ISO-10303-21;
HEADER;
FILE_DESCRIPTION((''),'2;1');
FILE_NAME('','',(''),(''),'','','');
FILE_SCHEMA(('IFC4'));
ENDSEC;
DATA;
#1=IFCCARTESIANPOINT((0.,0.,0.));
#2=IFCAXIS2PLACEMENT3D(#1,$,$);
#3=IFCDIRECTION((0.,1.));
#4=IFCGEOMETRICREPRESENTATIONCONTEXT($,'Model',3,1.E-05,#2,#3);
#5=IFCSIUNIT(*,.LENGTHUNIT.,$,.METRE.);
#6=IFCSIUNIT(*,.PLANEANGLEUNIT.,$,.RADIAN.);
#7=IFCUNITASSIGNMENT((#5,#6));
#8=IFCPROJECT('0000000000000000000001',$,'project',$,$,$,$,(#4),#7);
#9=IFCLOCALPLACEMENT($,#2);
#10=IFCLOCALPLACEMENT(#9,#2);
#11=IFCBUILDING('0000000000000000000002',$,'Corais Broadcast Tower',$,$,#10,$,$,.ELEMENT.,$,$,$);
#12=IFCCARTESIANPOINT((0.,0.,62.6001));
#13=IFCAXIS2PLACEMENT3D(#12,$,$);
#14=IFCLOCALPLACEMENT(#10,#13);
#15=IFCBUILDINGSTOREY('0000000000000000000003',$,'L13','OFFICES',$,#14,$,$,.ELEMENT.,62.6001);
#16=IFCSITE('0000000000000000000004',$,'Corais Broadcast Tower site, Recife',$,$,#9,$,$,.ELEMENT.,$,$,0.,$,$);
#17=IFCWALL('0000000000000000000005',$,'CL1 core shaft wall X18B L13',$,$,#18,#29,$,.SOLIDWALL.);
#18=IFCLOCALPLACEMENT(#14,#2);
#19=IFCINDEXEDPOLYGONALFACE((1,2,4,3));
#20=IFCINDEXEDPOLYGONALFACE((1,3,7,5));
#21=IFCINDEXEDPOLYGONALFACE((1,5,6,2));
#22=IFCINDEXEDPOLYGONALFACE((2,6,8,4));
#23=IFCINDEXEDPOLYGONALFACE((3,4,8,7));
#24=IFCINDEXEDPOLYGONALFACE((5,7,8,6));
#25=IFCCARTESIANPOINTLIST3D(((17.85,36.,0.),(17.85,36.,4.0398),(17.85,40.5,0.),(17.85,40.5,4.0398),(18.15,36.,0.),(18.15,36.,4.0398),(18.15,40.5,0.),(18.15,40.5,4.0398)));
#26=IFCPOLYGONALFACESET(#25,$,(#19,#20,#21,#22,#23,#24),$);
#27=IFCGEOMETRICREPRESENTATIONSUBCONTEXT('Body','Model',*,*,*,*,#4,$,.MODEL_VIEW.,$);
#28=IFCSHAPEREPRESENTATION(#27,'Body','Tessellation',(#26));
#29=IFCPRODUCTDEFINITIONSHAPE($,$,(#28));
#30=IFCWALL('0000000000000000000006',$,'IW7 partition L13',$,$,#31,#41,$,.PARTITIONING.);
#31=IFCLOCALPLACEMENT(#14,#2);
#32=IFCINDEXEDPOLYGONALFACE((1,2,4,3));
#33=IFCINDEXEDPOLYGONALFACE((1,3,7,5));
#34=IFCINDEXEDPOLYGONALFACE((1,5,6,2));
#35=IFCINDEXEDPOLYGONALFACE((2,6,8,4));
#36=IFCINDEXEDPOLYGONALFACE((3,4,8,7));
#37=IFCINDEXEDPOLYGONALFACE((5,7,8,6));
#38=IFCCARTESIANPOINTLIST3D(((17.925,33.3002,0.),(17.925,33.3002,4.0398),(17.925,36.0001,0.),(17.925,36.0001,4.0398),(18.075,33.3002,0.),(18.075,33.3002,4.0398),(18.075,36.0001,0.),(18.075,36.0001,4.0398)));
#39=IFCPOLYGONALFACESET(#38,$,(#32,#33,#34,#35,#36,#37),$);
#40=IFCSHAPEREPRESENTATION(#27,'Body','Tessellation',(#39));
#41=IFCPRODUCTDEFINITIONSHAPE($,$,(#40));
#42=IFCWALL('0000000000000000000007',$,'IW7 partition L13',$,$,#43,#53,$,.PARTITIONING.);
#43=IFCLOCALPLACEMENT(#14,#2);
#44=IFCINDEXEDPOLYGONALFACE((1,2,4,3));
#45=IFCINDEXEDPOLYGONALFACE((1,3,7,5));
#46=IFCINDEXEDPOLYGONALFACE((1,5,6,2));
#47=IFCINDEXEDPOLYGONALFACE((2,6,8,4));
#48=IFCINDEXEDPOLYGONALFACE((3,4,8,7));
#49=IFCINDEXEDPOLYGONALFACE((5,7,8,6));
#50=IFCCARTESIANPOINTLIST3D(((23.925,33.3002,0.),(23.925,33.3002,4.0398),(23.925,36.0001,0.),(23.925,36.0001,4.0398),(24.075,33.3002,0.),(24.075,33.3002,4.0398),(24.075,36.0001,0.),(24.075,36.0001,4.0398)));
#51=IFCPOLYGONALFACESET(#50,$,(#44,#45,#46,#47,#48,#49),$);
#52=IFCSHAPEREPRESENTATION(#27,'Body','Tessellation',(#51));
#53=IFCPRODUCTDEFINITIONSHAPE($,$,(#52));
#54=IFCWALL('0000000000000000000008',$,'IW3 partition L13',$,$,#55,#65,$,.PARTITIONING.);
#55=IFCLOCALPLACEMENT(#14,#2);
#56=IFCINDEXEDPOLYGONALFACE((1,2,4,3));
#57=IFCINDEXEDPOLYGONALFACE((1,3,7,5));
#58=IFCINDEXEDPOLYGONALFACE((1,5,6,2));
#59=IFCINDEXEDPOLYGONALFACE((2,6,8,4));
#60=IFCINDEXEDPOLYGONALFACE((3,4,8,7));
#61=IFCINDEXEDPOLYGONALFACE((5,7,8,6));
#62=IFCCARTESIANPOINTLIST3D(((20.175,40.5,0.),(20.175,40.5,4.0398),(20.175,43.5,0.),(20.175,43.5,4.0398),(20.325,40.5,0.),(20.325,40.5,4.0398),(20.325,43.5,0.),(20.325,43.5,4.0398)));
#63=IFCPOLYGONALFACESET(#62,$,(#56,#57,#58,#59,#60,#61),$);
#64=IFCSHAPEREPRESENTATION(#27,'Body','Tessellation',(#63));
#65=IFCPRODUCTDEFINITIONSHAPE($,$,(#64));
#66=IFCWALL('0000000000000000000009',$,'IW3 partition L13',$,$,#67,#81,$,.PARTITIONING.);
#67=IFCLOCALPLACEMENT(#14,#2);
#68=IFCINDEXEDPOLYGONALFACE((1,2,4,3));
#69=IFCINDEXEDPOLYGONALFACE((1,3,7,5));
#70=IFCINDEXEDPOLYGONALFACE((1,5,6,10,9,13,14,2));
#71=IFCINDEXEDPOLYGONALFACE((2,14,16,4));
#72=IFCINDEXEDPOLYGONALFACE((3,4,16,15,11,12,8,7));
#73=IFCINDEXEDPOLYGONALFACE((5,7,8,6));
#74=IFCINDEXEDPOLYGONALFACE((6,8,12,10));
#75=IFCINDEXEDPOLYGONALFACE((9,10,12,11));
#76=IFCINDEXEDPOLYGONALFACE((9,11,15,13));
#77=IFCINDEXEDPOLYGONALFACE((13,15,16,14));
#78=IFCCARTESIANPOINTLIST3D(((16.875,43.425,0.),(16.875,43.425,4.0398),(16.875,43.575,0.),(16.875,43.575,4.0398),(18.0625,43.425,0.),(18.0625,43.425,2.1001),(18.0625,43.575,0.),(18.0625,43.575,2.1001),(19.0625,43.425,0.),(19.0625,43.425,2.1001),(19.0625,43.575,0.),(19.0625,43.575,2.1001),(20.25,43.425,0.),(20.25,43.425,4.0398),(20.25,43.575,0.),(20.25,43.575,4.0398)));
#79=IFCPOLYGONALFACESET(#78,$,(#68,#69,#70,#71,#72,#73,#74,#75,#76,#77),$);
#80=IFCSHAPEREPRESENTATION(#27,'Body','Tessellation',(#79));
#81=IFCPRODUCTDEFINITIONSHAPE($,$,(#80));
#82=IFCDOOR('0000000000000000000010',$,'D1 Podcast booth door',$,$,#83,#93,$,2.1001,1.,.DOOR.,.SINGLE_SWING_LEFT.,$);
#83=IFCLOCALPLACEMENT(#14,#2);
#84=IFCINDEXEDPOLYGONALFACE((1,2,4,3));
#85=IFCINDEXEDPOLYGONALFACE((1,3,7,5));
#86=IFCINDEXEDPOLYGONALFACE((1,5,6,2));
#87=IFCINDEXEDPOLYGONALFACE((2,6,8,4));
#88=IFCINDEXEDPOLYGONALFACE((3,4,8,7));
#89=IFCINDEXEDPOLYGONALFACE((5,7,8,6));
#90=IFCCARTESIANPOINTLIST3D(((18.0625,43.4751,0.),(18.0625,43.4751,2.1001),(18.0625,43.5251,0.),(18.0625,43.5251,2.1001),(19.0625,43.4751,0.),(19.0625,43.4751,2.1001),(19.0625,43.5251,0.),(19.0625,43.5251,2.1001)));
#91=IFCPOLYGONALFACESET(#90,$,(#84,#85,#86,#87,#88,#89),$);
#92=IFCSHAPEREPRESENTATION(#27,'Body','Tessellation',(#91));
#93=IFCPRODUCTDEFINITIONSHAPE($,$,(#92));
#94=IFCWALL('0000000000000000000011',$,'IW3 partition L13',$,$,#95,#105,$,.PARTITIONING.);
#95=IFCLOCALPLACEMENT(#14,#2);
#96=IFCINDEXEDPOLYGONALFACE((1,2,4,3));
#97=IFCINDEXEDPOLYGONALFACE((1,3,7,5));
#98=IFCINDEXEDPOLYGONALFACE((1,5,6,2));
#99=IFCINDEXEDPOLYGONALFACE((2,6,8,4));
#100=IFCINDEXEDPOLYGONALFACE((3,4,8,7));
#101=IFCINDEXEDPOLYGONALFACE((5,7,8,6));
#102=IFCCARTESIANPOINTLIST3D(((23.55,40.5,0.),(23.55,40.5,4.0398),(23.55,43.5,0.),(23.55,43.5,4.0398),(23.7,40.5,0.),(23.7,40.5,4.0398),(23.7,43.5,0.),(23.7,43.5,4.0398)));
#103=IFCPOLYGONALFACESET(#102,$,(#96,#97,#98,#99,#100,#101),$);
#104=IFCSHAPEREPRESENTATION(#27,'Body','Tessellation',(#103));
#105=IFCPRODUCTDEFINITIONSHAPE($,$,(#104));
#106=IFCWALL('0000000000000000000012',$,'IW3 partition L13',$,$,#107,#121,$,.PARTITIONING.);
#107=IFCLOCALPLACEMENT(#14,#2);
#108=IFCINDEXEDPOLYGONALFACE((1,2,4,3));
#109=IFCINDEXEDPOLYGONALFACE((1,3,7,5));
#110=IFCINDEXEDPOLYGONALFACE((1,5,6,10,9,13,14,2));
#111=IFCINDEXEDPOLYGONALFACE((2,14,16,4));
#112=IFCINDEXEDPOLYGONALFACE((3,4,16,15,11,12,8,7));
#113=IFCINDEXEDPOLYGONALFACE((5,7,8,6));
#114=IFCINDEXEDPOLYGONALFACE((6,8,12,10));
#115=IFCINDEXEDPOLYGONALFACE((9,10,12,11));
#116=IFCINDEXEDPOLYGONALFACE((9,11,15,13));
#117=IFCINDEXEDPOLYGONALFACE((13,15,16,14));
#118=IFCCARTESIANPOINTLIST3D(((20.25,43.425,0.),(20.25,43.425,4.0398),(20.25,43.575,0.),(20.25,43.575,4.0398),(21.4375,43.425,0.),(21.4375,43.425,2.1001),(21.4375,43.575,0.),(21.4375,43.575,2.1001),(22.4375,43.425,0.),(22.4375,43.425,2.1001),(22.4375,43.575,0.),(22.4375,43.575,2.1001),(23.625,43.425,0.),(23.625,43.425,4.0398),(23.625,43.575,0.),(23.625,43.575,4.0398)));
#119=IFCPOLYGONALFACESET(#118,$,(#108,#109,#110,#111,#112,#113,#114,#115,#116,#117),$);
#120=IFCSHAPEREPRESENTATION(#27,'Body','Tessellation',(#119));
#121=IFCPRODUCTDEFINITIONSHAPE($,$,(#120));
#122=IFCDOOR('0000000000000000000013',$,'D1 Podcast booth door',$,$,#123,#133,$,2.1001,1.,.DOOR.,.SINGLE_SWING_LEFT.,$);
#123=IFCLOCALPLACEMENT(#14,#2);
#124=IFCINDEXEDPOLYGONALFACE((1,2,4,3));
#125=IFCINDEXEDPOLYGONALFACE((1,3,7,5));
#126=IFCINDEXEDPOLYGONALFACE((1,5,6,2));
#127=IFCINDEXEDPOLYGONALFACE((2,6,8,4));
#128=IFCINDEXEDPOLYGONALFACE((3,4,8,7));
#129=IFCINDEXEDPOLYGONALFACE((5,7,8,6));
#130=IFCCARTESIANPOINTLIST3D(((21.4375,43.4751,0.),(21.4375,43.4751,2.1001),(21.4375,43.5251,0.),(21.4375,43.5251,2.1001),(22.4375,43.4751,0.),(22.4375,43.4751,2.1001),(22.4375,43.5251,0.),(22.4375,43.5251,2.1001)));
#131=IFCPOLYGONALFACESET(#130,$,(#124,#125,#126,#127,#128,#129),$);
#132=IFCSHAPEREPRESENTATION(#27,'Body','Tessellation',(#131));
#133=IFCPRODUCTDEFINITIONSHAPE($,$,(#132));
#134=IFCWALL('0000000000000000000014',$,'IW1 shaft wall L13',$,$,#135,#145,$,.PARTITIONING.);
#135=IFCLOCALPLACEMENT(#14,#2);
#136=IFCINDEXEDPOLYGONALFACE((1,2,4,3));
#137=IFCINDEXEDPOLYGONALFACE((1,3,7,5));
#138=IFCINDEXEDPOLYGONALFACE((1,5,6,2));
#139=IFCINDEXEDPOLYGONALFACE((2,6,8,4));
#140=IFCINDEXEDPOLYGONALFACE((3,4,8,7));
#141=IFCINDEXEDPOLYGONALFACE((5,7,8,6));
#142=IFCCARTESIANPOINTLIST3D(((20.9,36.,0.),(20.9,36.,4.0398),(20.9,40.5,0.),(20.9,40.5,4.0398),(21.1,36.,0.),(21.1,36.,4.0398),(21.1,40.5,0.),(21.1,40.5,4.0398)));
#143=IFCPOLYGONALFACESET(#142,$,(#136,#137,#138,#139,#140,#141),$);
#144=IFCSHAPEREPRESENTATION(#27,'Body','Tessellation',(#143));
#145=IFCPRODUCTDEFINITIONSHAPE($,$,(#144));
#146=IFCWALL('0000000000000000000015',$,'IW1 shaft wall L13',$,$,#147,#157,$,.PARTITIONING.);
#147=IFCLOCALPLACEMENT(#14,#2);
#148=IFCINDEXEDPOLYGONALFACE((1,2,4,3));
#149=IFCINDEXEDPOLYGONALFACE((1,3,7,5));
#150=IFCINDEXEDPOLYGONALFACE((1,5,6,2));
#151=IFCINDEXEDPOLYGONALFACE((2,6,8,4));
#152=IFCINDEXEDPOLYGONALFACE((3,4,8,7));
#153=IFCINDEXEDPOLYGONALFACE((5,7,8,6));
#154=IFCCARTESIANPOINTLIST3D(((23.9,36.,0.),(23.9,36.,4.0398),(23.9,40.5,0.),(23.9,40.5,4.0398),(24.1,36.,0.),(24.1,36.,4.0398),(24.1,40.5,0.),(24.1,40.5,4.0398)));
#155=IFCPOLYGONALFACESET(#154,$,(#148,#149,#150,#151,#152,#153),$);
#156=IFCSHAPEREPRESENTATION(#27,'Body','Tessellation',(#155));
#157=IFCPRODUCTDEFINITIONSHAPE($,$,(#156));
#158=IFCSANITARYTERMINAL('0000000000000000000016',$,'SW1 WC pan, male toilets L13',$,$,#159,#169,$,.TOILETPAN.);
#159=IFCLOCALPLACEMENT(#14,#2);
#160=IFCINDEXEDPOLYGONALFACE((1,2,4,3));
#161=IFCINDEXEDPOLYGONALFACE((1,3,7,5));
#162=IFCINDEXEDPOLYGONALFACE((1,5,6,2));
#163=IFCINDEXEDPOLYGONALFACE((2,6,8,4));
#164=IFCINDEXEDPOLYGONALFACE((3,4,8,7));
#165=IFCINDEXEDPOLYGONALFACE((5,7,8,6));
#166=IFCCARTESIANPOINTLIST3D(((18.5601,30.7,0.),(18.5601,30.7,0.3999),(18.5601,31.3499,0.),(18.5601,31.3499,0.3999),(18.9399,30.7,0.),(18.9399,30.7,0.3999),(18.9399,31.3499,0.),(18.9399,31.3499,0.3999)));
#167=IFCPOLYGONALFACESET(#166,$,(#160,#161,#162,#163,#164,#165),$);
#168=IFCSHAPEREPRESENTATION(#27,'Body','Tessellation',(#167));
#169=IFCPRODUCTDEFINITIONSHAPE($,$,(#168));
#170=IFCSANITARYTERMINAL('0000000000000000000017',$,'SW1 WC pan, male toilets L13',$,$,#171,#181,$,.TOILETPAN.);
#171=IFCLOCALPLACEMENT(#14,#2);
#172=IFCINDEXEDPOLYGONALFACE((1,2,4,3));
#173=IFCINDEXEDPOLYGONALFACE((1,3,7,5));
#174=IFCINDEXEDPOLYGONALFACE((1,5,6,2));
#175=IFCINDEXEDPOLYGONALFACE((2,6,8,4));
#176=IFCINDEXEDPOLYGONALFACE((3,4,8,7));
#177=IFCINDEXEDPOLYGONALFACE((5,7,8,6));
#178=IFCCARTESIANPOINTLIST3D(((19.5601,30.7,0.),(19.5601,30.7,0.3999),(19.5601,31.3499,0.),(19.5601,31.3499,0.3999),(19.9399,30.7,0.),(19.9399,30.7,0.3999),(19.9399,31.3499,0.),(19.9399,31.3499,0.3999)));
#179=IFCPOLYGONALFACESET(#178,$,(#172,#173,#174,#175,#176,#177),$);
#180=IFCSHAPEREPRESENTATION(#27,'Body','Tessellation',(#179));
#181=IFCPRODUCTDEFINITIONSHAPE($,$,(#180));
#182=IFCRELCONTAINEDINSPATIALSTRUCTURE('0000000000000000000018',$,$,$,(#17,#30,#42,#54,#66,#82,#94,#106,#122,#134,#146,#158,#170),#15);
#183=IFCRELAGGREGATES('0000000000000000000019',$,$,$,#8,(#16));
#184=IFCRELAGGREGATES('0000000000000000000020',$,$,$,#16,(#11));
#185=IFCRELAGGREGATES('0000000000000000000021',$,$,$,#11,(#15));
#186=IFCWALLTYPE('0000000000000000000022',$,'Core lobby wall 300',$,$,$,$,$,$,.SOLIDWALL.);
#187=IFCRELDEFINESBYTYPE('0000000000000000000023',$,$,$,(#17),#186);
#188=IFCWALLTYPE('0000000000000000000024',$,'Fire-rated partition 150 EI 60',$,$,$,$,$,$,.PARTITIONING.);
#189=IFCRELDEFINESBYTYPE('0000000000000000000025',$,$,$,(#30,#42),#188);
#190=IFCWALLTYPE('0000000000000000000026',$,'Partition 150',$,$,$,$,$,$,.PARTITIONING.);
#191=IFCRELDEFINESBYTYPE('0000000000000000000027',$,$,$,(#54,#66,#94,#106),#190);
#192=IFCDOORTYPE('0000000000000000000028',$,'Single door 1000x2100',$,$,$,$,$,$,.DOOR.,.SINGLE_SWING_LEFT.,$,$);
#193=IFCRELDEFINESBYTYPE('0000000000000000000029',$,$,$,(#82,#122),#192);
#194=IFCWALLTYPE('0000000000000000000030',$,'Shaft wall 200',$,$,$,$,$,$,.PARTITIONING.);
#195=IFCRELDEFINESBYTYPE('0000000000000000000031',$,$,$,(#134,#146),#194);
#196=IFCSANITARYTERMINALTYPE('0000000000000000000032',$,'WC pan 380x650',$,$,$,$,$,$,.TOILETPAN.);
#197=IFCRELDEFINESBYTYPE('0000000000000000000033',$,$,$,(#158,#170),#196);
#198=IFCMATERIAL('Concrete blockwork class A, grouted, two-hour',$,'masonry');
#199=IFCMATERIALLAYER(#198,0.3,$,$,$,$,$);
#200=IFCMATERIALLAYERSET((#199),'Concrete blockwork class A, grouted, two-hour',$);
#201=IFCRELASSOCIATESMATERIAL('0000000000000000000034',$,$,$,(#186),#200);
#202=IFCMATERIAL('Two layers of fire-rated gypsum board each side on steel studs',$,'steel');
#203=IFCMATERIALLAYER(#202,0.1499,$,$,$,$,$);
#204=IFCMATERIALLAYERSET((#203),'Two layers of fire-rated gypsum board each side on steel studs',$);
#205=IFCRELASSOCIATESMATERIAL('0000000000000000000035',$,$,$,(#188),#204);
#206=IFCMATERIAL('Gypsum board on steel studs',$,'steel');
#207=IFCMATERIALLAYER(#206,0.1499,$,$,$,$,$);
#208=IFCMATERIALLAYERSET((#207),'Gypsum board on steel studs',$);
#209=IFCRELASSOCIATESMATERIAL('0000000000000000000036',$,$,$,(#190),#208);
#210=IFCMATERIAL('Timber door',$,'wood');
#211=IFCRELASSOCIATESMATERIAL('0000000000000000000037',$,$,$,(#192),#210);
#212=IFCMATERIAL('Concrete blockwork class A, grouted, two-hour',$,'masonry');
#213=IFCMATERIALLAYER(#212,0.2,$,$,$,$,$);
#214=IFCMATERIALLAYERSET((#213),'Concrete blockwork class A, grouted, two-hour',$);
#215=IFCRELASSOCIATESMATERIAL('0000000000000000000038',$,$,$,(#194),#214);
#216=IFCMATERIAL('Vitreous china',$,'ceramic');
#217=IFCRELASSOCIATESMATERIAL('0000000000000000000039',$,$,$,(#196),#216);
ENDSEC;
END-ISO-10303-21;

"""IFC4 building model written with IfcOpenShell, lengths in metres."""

from ifc_helpers import new_model, si_unit, direction, frame, frame_2d, origin, origin_2d, place, context, subcontext, project, spatial, rectangle, extrude, material, layer, layer_set, type_object, element, fill, save


model = new_model("IFC4")

# Units and contexts
model_context = context("Model", 3, precision=1e-05, world=origin(), true_north=direction((0.0, 1.0)))
body_context = subcontext(model_context, "Body", "Model", "MODEL_VIEW")
ifc_project = project(units=[si_unit("LENGTHUNIT", "METRE"), si_unit("PLANEANGLEUNIT", "RADIAN")], contexts=[model_context])

# Site, building, storey
site_placement = place(None, origin())
site = spatial("IfcSite", under=ifc_project, at=site_placement, Name="Corais Broadcast Tower site, Recife", CompositionType="ELEMENT", RefElevation=0.0)
building_placement = place(site_placement, origin())
building = spatial("IfcBuilding", under=site, at=building_placement, Name="Corais Broadcast Tower", CompositionType="ELEMENT")
storey_placement = place(building_placement, frame((0.0, 0.0, 62.6001)))
storey = spatial("IfcBuildingStorey", under=building, at=storey_placement, Name="L13", Description="OFFICES", CompositionType="ELEMENT", Elevation=62.6001)

# Walls
ifc_material_1 = material(Name="Concrete blockwork class A, grouted, two-hour", Category="masonry")
ifc_layer_1 = layer(ifc_material_1, 0.3)
ifc_layer_set_1 = layer_set([ifc_layer_1], Name="Concrete blockwork class A, grouted, two-hour")
wall_type_1 = type_object("IfcWallType", Name="Core lobby wall 300", PredefinedType="SOLIDWALL", material=ifc_layer_set_1)
wall_1_placement = place(storey_placement, frame((18.0, 36.0, 0.0), z_axis=(0.0, 0.0, 1.0), x_axis=(0.0, 1.0, 0.0)))
element("IfcWall", 1, at=wall_1_placement, inside=storey, type_object=wall_type_1, Name="CL1 core shaft wall X18B L13", PredefinedType="SOLIDWALL", context=body_context, shape_type="SweptSolid", body=[
    extrude(rectangle(XDim=4.5, YDim=0.3, at=frame_2d((2.25, 0.0))), origin(), (0.0, 0.0, 1.0), 4.0398),
])
ifc_material_2 = material(Name="Two layers of fire-rated gypsum board each side on steel studs", Category="steel")
ifc_layer_2 = layer(ifc_material_2, 0.1499)
ifc_layer_set_2 = layer_set([ifc_layer_2], Name="Two layers of fire-rated gypsum board each side on steel studs")
wall_type_2 = type_object("IfcWallType", Name="Fire-rated partition 150 EI 60", PredefinedType="PARTITIONING", material=ifc_layer_set_2)
for number, where, z_axis, x_axis, name in (
    (2, (18.0, 33.3, 0.0), (0.0, 0.0, 1.0), (0.0, 1.0, 0.0), "IW7 partition L13"),
    (3, (24.0, 33.3, 0.0), (0.0, 0.0, 1.0), (0.0, 1.0, 0.0), "IW7 partition L13"),
):
    element("IfcWall", number, at=place(storey_placement, frame(where, z_axis=z_axis, x_axis=x_axis)), inside=storey, type_object=wall_type_2, Name=name, PredefinedType="PARTITIONING", context=body_context, shape_type="SweptSolid", body=[
        extrude(rectangle(XDim=2.7, YDim=0.1499, at=frame_2d((1.3501, 0.0))), origin(), (0.0, 0.0, 1.0), 4.0398),
    ])
ifc_material_3 = material(Name="Gypsum board on steel studs", Category="steel")
ifc_layer_3 = layer(ifc_material_3, 0.1499)
ifc_layer_set_3 = layer_set([ifc_layer_3], Name="Gypsum board on steel studs")
wall_type_3 = type_object("IfcWallType", Name="Partition 150", PredefinedType="PARTITIONING", material=ifc_layer_set_3)
wall_2_placement = place(storey_placement, frame((20.25, 40.5, 0.0), z_axis=(0.0, 0.0, 1.0), x_axis=(0.0, 1.0, 0.0)))
element("IfcWall", 4, at=wall_2_placement, inside=storey, type_object=wall_type_3, Name="IW3 partition L13", PredefinedType="PARTITIONING", context=body_context, shape_type="SweptSolid", body=[
    extrude(rectangle(XDim=3.0, YDim=0.1499, at=frame_2d((1.5, 0.0))), origin(), (0.0, 0.0, 1.0), 4.0398),
])

# Wall, opening, door
wall_3_placement = place(storey_placement, frame((20.25, 43.5, 0.0), z_axis=(0.0, 0.0, 1.0), x_axis=(-1.0, 0.0, 0.0)))
wall_3 = element("IfcWall", 5, at=wall_3_placement, inside=storey, type_object=wall_type_3, Name="IW3 partition L13", PredefinedType="PARTITIONING", context=body_context, shape_type="SweptSolid", body=[
    extrude(rectangle(XDim=3.375, YDim=0.1499, at=frame_2d((1.6875, 0.0))), origin(), (0.0, 0.0, 1.0), 4.0398),
])
opening_1_placement = place(wall_3_placement, frame((1.1875, 0.0, 0.0)))
opening_1 = element("IfcOpeningElement", 6, at=opening_1_placement, cuts=wall_3, PredefinedType="OPENING", context=body_context, shape_type="SweptSolid", body=[
    extrude(rectangle(XDim=1.0, YDim=2.1001, at=frame_2d((0.5, 1.05))), frame((0.0, 0.085, 0.0), z_axis=(0.0, -1.0, 0.0), x_axis=(1.0, 0.0, 0.0)), (0.0, 0.0, 1.0), 0.1699),
])
ifc_material_4 = material(Name="Timber door", Category="wood")
door_type = type_object("IfcDoorType", Name="Single door 1000x2100", OperationType="SINGLE_SWING_LEFT", PredefinedType="DOOR", material=ifc_material_4)
door_1_placement = place(opening_1_placement, origin())
door_1 = element("IfcDoor", 7, at=door_1_placement, inside=storey, type_object=door_type, Name="D1 Podcast booth door", OperationType="SINGLE_SWING_LEFT", OverallHeight=2.1001, OverallWidth=1.0, PredefinedType="DOOR", context=body_context, shape_type="SweptSolid", body=[
    extrude(rectangle(XDim=1.0, YDim=2.1001, at=frame_2d((0.5, 1.05))), frame((0.0, 0.0249, 0.0), z_axis=(0.0, -1.0, 0.0), x_axis=(1.0, 0.0, 0.0)), (0.0, 0.0, 1.0), 0.05),
])
fill(opening_1, door_1)

# Wall
wall_4_placement = place(storey_placement, frame((23.625, 40.5, 0.0), z_axis=(0.0, 0.0, 1.0), x_axis=(0.0, 1.0, 0.0)))
element("IfcWall", 8, at=wall_4_placement, inside=storey, type_object=wall_type_3, Name="IW3 partition L13", PredefinedType="PARTITIONING", context=body_context, shape_type="SweptSolid", body=[
    extrude(rectangle(XDim=3.0, YDim=0.1499, at=frame_2d((1.5, 0.0))), origin(), (0.0, 0.0, 1.0), 4.0398),
])

# Wall, opening, door
wall_5_placement = place(storey_placement, frame((23.625, 43.5, 0.0), z_axis=(0.0, 0.0, 1.0), x_axis=(-1.0, 0.0, 0.0)))
wall_5 = element("IfcWall", 9, at=wall_5_placement, inside=storey, type_object=wall_type_3, Name="IW3 partition L13", PredefinedType="PARTITIONING", context=body_context, shape_type="SweptSolid", body=[
    extrude(rectangle(XDim=3.375, YDim=0.1499, at=frame_2d((1.6875, 0.0))), origin(), (0.0, 0.0, 1.0), 4.0398),
])
opening_2_placement = place(wall_5_placement, frame((1.1875, 0.0, 0.0)))
opening_2 = element("IfcOpeningElement", 10, at=opening_2_placement, cuts=wall_5, PredefinedType="OPENING", context=body_context, shape_type="SweptSolid", body=[
    extrude(rectangle(XDim=1.0, YDim=2.1001, at=frame_2d((0.5, 1.05))), frame((0.0, 0.085, 0.0), z_axis=(0.0, -1.0, 0.0), x_axis=(1.0, 0.0, 0.0)), (0.0, 0.0, 1.0), 0.1699),
])
door_2_placement = place(opening_2_placement, origin())
door_2 = element("IfcDoor", 11, at=door_2_placement, inside=storey, type_object=door_type, Name="D1 Podcast booth door", OperationType="SINGLE_SWING_LEFT", OverallHeight=2.1001, OverallWidth=1.0, PredefinedType="DOOR", context=body_context, shape_type="SweptSolid", body=[
    extrude(rectangle(XDim=1.0, YDim=2.1001, at=frame_2d((0.5, 1.05))), frame((0.0, 0.0249, 0.0), z_axis=(0.0, -1.0, 0.0), x_axis=(1.0, 0.0, 0.0)), (0.0, 0.0, 1.0), 0.05),
])
fill(opening_2, door_2)

# Walls
ifc_material_5 = material(Name="Concrete blockwork class A, grouted, two-hour", Category="masonry")
ifc_layer_4 = layer(ifc_material_5, 0.2)
ifc_layer_set_4 = layer_set([ifc_layer_4], Name="Concrete blockwork class A, grouted, two-hour")
wall_type_4 = type_object("IfcWallType", Name="Shaft wall 200", PredefinedType="PARTITIONING", material=ifc_layer_set_4)
for number, where, z_axis, x_axis, name in (
    (12, (21.0, 36.0, 0.0), (0.0, 0.0, 1.0), (0.0, 1.0, 0.0), "IW1 shaft wall L13"),
    (13, (24.0, 36.0, 0.0), (0.0, 0.0, 1.0), (0.0, 1.0, 0.0), "IW1 shaft wall L13"),
):
    element("IfcWall", number, at=place(storey_placement, frame(where, z_axis=z_axis, x_axis=x_axis)), inside=storey, type_object=wall_type_4, Name=name, PredefinedType="PARTITIONING", context=body_context, shape_type="SweptSolid", body=[
        extrude(rectangle(XDim=4.5, YDim=0.2, at=frame_2d((2.25, 0.0))), origin(), (0.0, 0.0, 1.0), 4.0398),
    ])

# Sanitary terminals
ifc_material_6 = material(Name="Vitreous china", Category="ceramic")
sanitary_terminal_type_1 = type_object("IfcSanitaryTerminalType", Name="WC pan 380x650", PredefinedType="TOILETPAN", material=ifc_material_6)
for number, where, z_axis, x_axis, name in (
    (14, (18.75, 31.0249, 0.0), (0.0, 0.0, 1.0), (1.0, 0.0, 0.0), "SW1 WC pan, male toilets L13"),
    (15, (19.75, 31.0249, 0.0), (0.0, 0.0, 1.0), (1.0, 0.0, 0.0), "SW1 WC pan, male toilets L13"),
):
    element("IfcSanitaryTerminal", number, at=place(storey_placement, frame(where, z_axis=z_axis, x_axis=x_axis)), inside=storey, type_object=sanitary_terminal_type_1, Name=name, PredefinedType="TOILETPAN", context=body_context, shape_type="SweptSolid", body=[
        extrude(rectangle(XDim=0.3799, YDim=0.6499, at=origin_2d()), origin(), (0.0, 0.0, 1.0), 0.3999),
    ])

save(model, "model.ifc")
